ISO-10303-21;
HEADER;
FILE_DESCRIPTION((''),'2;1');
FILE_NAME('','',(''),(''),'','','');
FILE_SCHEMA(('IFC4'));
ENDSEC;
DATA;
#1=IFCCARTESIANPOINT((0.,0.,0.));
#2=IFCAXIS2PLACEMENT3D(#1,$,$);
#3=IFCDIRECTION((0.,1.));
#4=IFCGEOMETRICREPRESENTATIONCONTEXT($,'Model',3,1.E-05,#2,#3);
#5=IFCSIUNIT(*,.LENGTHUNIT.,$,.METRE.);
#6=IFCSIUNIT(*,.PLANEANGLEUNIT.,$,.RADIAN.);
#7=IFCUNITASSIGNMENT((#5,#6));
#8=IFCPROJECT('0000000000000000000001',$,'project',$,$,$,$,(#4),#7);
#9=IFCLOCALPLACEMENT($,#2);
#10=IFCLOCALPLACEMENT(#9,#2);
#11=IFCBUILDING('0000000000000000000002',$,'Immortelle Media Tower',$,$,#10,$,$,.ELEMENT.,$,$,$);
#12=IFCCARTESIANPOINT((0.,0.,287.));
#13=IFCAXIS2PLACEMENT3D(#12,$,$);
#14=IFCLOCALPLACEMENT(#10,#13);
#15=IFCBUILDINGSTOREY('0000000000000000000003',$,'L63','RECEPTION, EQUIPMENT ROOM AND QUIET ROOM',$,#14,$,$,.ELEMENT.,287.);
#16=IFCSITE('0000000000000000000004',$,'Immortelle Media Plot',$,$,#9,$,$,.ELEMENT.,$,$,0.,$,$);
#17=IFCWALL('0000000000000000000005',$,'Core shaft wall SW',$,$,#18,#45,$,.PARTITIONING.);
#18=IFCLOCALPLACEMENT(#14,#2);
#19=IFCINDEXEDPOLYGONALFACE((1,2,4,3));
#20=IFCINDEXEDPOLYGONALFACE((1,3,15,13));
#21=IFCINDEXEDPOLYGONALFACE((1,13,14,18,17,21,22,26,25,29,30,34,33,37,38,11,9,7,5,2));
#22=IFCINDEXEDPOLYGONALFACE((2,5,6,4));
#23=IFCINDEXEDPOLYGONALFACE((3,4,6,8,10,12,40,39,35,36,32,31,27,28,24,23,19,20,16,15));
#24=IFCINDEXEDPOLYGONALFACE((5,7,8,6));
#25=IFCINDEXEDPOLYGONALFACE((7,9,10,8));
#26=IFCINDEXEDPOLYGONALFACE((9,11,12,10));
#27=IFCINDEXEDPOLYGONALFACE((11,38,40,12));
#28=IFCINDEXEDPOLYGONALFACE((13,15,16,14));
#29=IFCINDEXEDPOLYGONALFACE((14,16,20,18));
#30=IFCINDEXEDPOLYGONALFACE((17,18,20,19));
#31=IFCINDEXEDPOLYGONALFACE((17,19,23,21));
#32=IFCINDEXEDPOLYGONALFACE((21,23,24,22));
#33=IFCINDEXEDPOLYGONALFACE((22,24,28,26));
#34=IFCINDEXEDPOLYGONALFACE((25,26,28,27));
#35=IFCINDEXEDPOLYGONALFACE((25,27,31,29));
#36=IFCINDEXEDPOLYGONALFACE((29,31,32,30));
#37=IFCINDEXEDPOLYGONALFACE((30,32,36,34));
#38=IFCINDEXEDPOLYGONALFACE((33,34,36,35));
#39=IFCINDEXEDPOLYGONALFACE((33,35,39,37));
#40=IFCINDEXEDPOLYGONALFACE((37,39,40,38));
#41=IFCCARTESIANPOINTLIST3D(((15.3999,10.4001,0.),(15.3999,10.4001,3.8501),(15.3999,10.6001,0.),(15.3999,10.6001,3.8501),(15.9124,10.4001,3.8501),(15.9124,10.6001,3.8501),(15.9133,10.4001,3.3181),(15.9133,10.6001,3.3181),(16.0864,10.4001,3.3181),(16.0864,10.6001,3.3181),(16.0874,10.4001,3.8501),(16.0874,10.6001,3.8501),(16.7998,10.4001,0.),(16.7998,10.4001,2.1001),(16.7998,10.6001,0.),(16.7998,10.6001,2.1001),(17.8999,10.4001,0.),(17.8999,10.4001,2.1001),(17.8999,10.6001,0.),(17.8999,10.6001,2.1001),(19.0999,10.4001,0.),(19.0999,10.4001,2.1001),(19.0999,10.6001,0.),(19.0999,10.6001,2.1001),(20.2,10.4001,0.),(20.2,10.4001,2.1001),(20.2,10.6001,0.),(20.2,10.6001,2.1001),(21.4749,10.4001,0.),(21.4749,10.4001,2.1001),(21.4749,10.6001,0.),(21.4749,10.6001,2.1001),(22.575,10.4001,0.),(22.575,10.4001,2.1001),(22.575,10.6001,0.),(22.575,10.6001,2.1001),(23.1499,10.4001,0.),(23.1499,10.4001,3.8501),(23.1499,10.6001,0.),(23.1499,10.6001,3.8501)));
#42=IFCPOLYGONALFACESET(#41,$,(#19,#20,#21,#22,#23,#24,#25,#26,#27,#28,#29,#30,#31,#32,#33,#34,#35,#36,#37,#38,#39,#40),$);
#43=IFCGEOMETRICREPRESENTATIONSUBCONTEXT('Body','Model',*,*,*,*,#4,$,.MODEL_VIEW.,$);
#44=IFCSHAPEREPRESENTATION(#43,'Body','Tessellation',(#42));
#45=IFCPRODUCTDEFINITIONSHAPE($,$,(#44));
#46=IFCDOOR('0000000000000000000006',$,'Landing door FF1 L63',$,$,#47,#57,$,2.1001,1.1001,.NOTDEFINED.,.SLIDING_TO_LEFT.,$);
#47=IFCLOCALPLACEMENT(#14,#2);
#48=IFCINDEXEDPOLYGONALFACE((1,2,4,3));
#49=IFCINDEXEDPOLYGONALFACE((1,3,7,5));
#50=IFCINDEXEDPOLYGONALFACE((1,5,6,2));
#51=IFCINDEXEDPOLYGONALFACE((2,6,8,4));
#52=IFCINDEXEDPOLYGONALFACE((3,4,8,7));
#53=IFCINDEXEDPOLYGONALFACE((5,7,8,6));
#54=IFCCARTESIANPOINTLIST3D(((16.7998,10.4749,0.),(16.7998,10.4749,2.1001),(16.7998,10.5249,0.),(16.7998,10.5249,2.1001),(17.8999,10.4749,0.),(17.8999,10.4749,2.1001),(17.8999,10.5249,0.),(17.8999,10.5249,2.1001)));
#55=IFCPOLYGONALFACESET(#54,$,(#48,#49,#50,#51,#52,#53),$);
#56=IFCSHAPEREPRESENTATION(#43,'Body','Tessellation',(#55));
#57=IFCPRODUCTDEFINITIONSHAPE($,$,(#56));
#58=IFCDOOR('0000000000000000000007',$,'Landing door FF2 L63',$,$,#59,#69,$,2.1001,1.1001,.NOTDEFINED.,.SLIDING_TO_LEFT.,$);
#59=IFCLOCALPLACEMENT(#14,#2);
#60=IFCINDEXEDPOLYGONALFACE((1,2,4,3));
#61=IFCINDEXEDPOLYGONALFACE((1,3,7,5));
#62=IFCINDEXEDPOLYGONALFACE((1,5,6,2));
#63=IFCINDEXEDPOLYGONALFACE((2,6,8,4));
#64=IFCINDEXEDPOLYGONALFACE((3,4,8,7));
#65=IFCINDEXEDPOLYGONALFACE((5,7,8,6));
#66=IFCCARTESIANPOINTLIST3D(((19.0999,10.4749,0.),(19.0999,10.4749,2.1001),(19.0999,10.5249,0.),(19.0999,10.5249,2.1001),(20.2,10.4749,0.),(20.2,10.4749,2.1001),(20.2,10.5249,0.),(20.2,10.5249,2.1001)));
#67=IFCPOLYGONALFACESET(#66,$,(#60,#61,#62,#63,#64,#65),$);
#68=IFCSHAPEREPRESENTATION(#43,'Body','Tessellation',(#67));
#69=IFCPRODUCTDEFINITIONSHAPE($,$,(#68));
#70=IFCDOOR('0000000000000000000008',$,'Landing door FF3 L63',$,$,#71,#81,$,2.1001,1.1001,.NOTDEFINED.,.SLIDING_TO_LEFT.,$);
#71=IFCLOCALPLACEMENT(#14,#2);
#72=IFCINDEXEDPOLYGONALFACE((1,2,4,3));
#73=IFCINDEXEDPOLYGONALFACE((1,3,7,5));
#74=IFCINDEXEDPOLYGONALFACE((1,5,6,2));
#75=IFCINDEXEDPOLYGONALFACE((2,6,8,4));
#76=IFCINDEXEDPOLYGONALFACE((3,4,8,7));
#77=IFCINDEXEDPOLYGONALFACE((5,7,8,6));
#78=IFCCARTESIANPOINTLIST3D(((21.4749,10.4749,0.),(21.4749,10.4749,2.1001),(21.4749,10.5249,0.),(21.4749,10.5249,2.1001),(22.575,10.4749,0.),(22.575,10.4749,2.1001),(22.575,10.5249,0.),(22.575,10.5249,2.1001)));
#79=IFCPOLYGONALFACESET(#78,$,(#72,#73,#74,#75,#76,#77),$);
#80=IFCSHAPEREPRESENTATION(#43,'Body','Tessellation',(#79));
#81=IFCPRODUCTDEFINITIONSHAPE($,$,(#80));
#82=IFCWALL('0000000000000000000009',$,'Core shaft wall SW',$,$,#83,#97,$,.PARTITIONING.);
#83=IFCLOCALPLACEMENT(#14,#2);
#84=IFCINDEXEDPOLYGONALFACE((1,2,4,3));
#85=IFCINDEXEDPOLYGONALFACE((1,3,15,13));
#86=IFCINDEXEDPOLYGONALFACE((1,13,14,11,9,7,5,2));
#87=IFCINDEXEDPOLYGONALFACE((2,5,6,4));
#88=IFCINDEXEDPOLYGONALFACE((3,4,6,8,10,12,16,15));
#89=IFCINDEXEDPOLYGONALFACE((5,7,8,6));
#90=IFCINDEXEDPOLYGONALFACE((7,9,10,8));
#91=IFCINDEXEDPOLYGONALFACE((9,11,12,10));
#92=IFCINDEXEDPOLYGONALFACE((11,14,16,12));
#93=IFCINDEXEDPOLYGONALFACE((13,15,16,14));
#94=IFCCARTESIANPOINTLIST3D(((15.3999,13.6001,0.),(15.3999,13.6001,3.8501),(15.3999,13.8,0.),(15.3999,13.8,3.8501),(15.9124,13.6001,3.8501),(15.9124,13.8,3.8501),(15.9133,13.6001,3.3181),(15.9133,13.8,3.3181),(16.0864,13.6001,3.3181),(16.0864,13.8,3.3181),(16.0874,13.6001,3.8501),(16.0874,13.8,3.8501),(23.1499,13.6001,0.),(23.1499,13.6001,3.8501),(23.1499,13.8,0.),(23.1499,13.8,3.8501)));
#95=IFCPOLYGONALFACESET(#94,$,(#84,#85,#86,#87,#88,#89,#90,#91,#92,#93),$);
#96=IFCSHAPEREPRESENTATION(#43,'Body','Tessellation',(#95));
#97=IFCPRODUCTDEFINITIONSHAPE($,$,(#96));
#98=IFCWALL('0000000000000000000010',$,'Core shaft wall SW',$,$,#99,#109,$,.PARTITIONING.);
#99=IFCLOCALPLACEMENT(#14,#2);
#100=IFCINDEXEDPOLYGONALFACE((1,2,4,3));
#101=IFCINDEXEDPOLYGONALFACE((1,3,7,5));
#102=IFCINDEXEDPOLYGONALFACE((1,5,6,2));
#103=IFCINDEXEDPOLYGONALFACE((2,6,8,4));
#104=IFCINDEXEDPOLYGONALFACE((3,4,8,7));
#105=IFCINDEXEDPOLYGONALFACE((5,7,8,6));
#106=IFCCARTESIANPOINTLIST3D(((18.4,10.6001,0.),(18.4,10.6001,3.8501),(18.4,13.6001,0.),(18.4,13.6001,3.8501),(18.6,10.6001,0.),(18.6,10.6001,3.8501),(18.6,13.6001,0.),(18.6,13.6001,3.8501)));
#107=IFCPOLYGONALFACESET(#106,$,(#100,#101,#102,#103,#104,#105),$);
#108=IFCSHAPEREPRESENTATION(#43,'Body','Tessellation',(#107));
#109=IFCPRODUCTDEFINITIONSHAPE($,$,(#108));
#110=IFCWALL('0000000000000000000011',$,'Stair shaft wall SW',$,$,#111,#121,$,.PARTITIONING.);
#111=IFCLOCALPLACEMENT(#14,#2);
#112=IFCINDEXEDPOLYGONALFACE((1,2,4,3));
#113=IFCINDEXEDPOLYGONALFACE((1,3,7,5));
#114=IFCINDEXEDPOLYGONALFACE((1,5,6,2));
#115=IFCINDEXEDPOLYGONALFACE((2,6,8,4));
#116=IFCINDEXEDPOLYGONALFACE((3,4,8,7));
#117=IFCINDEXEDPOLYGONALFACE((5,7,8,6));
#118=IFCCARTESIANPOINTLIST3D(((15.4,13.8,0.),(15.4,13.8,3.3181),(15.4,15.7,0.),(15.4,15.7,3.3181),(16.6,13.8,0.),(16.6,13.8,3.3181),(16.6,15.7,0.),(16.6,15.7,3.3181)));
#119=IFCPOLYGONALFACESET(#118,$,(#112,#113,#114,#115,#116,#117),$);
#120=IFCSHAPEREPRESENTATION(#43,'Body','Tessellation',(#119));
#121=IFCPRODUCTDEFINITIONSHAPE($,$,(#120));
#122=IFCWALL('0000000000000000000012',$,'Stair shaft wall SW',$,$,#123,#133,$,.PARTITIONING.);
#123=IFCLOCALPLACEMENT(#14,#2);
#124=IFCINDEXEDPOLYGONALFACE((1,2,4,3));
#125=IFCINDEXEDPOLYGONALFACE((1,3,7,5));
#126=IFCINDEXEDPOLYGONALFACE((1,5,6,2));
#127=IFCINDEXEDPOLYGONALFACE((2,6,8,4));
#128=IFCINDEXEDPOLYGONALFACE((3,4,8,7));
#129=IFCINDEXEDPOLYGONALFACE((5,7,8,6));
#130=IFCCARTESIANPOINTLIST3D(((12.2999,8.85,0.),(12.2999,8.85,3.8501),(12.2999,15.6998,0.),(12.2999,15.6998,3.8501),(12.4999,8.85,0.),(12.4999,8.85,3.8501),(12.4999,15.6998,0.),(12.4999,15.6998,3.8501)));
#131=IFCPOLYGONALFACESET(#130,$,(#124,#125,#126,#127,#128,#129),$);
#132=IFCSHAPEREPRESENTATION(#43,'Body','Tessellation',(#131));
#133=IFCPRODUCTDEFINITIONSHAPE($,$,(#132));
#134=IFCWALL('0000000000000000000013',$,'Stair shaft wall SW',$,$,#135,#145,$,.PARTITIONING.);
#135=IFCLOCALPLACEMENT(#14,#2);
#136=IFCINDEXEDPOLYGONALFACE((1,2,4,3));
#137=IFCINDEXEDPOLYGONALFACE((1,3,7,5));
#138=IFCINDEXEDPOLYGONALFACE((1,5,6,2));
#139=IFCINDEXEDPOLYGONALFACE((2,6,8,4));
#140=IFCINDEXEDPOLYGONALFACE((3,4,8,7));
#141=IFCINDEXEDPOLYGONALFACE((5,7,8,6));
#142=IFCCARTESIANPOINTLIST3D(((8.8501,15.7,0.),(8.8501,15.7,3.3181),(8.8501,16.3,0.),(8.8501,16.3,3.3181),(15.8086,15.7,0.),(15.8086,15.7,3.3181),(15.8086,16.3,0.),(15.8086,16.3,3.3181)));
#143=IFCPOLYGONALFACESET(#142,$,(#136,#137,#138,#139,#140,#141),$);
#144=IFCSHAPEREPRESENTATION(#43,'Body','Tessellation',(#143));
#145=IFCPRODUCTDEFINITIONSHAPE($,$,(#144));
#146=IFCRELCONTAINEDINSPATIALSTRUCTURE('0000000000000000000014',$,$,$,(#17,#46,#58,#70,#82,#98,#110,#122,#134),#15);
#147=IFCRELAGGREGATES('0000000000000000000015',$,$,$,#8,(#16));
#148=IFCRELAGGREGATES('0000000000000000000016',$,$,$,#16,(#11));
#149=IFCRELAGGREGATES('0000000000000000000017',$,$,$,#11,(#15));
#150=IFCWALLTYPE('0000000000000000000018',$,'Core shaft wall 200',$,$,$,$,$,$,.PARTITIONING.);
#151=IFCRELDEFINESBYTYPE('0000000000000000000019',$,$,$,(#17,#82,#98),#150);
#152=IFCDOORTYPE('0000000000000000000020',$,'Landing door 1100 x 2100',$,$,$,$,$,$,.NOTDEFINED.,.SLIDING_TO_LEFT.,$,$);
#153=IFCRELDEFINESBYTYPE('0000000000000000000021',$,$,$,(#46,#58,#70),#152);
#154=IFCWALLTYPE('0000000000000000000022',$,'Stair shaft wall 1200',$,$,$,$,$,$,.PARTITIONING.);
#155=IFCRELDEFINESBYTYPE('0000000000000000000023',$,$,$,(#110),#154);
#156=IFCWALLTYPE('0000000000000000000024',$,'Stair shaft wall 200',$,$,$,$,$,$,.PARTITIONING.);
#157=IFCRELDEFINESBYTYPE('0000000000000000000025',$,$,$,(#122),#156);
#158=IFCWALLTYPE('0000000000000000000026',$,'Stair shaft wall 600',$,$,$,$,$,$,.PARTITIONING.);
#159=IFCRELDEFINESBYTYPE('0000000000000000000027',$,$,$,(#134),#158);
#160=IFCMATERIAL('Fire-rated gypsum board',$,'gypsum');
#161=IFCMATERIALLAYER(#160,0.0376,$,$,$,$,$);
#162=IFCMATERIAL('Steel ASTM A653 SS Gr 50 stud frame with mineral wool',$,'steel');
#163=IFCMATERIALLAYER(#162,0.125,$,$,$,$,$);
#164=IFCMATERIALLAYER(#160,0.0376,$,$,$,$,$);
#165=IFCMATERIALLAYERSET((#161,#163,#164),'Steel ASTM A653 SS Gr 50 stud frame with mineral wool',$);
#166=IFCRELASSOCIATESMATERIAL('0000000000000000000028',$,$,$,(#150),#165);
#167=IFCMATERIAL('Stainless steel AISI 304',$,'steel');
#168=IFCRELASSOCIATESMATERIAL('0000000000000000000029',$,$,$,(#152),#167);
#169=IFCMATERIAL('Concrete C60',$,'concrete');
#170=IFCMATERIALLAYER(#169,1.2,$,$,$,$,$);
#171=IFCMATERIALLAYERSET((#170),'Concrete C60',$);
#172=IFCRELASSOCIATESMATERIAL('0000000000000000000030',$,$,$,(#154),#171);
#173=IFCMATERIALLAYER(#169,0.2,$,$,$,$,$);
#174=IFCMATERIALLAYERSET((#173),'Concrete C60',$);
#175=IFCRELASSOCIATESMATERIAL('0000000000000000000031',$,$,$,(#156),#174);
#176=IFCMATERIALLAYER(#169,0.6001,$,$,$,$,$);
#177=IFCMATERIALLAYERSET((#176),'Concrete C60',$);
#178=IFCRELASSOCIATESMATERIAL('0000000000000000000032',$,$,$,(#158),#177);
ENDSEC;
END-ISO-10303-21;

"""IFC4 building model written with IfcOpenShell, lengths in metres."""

from ifc_helpers import new_model, si_unit, direction, frame, frame_2d, origin, place, context, subcontext, project, spatial, polyline, rectangle, outline, extrude, material, layer, layer_set, type_object, element, fill, save


model = new_model("IFC4")

# Units and contexts
model_context = context("Model", 3, precision=1e-05, world=origin(), true_north=direction((0.0, 1.0)))
body_context = subcontext(model_context, "Body", "Model", "MODEL_VIEW")
ifc_project = project(units=[si_unit("LENGTHUNIT", "METRE"), si_unit("PLANEANGLEUNIT", "RADIAN")], contexts=[model_context])

# Site, building, storey
site_placement = place(None, origin())
site = spatial("IfcSite", under=ifc_project, at=site_placement, Name="Immortelle Media Plot", CompositionType="ELEMENT", RefElevation=0.0)
building_placement = place(site_placement, origin())
building = spatial("IfcBuilding", under=site, at=building_placement, Name="Immortelle Media Tower", CompositionType="ELEMENT")
storey_placement = place(building_placement, frame((0.0, 0.0, 287.0)))
storey = spatial("IfcBuildingStorey", under=building, at=storey_placement, Name="L63", Description="RECEPTION, EQUIPMENT ROOM AND QUIET ROOM", CompositionType="ELEMENT", Elevation=287.0)

# Wall, openings, doors
ifc_material_1 = material(Name="Fire-rated gypsum board", Category="gypsum")
ifc_layer_1 = layer(ifc_material_1, 0.0376)
ifc_material_2 = material(Name="Steel ASTM A653 SS Gr 50 stud frame with mineral wool", Category="steel")
ifc_layer_2 = layer(ifc_material_2, 0.125)
ifc_layer_3 = layer(ifc_material_1, 0.0376)
ifc_layer_set_1 = layer_set([ifc_layer_1, ifc_layer_2, ifc_layer_3], Name="Steel ASTM A653 SS Gr 50 stud frame with mineral wool")
wall_type_1 = type_object("IfcWallType", Name="Core shaft wall 200", PredefinedType="PARTITIONING", material=ifc_layer_set_1)
wall_1_placement = place(storey_placement, frame((15.3999, 10.5, 0.0), z_axis=(0.0, 0.0, 1.0), x_axis=(1.0, 0.0, 0.0)))
wall_1 = element("IfcWall", 1, at=wall_1_placement, inside=storey, type_object=wall_type_1, Name="Core shaft wall SW", PredefinedType="PARTITIONING", context=body_context, shape_type="SweptSolid", body=[
    extrude(outline(polyline([(0.0, 0.0), (7.75, 0.0), (7.75, 3.8501), (0.6875, 3.8501), (0.6865, 3.3181), (0.5134, 3.3181), (0.5125, 3.8501), (0.0, 3.8501), (0.0, 0.0)])), frame((0.0, 0.1001, 0.0), z_axis=(0.0, -1.0, 0.0), x_axis=(1.0, 0.0, 0.0)), (0.0, 0.0, 1.0), 0.2),
])
opening_1_placement = place(wall_1_placement, frame((1.3999, 0.0, 0.0)))
opening_1 = element("IfcOpeningElement", 2, at=opening_1_placement, cuts=wall_1, PredefinedType="OPENING", context=body_context, shape_type="SweptSolid", body=[
    extrude(rectangle(XDim=1.1001, YDim=2.1001, at=frame_2d((0.55, 1.05))), frame((0.0, 0.1099, 0.0), z_axis=(0.0, -1.0, 0.0), x_axis=(1.0, 0.0, 0.0)), (0.0, 0.0, 1.0), 0.22),
])
opening_2_placement = place(wall_1_placement, frame((3.7, 0.0, 0.0)))
opening_2 = element("IfcOpeningElement", 3, at=opening_2_placement, cuts=wall_1, PredefinedType="OPENING", context=body_context, shape_type="SweptSolid", body=[
    extrude(rectangle(XDim=1.1001, YDim=2.1001, at=frame_2d((0.55, 1.05))), frame((0.0, 0.1099, 0.0), z_axis=(0.0, -1.0, 0.0), x_axis=(1.0, 0.0, 0.0)), (0.0, 0.0, 1.0), 0.22),
])
opening_3_placement = place(wall_1_placement, frame((6.075, 0.0, 0.0)))
opening_3 = element("IfcOpeningElement", 4, at=opening_3_placement, cuts=wall_1, PredefinedType="OPENING", context=body_context, shape_type="SweptSolid", body=[
    extrude(rectangle(XDim=1.1001, YDim=2.1001, at=frame_2d((0.55, 1.05))), frame((0.0, 0.1099, 0.0), z_axis=(0.0, -1.0, 0.0), x_axis=(1.0, 0.0, 0.0)), (0.0, 0.0, 1.0), 0.22),
])
ifc_material_3 = material(Name="Stainless steel AISI 304", Category="steel")
door_type_1 = type_object("IfcDoorType", Name="Landing door 1100 x 2100", OperationType="SLIDING_TO_LEFT", PredefinedType="NOTDEFINED", material=ifc_material_3)
door_1_placement = place(opening_1_placement, origin())
door_1 = element("IfcDoor", 5, at=door_1_placement, inside=storey, type_object=door_type_1, Name="Landing door FF1 L63", OperationType="SLIDING_TO_LEFT", OverallHeight=2.1001, OverallWidth=1.1001, PredefinedType="NOTDEFINED", context=body_context, shape_type="SweptSolid", body=[
    extrude(rectangle(XDim=1.1001, YDim=2.1001, at=frame_2d((0.55, 1.05))), frame((0.0, 0.0249, 0.0), z_axis=(0.0, -1.0, 0.0), x_axis=(1.0, 0.0, 0.0)), (0.0, 0.0, 1.0), 0.05),
])
fill(opening_1, door_1)
door_2_placement = place(opening_2_placement, origin())
door_2 = element("IfcDoor", 6, at=door_2_placement, inside=storey, type_object=door_type_1, Name="Landing door FF2 L63", OperationType="SLIDING_TO_LEFT", OverallHeight=2.1001, OverallWidth=1.1001, PredefinedType="NOTDEFINED", context=body_context, shape_type="SweptSolid", body=[
    extrude(rectangle(XDim=1.1001, YDim=2.1001, at=frame_2d((0.55, 1.05))), frame((0.0, 0.0249, 0.0), z_axis=(0.0, -1.0, 0.0), x_axis=(1.0, 0.0, 0.0)), (0.0, 0.0, 1.0), 0.05),
])
fill(opening_2, door_2)
door_3_placement = place(opening_3_placement, origin())
door_3 = element("IfcDoor", 7, at=door_3_placement, inside=storey, type_object=door_type_1, Name="Landing door FF3 L63", OperationType="SLIDING_TO_LEFT", OverallHeight=2.1001, OverallWidth=1.1001, PredefinedType="NOTDEFINED", context=body_context, shape_type="SweptSolid", body=[
    extrude(rectangle(XDim=1.1001, YDim=2.1001, at=frame_2d((0.55, 1.05))), frame((0.0, 0.0249, 0.0), z_axis=(0.0, -1.0, 0.0), x_axis=(1.0, 0.0, 0.0)), (0.0, 0.0, 1.0), 0.05),
])
fill(opening_3, door_3)

# Walls
wall_2_placement = place(storey_placement, frame((15.3999, 13.7, 0.0), z_axis=(0.0, 0.0, 1.0), x_axis=(1.0, 0.0, 0.0)))
element("IfcWall", 8, at=wall_2_placement, inside=storey, type_object=wall_type_1, Name="Core shaft wall SW", PredefinedType="PARTITIONING", context=body_context, shape_type="SweptSolid", body=[
    extrude(outline(polyline([(0.0, 0.0), (7.75, 0.0), (7.75, 3.8501), (0.6875, 3.8501), (0.6865, 3.3181), (0.5134, 3.3181), (0.5125, 3.8501), (0.0, 3.8501), (0.0, 0.0)])), frame((0.0, 0.1001, 0.0), z_axis=(0.0, -1.0, 0.0), x_axis=(1.0, 0.0, 0.0)), (0.0, 0.0, 1.0), 0.2),
])
wall_3_placement = place(storey_placement, frame((18.5, 10.6001, 0.0), z_axis=(0.0, 0.0, 1.0), x_axis=(0.0, 1.0, 0.0)))
element("IfcWall", 9, at=wall_3_placement, inside=storey, type_object=wall_type_1, Name="Core shaft wall SW", PredefinedType="PARTITIONING", context=body_context, shape_type="SweptSolid", body=[
    extrude(rectangle(XDim=3.0, YDim=0.2, at=frame_2d((1.5, 0.0))), origin(), (0.0, 0.0, 1.0), 3.8501),
])
ifc_material_4 = material(Name="Concrete C60", Category="concrete")
ifc_layer_4 = layer(ifc_material_4, 1.2)
ifc_layer_set_2 = layer_set([ifc_layer_4], Name="Concrete C60")
wall_type_2 = type_object("IfcWallType", Name="Stair shaft wall 1200", PredefinedType="PARTITIONING", material=ifc_layer_set_2)
wall_4_placement = place(storey_placement, frame((16.0, 13.8, 0.0), z_axis=(0.0, 0.0, 1.0), x_axis=(0.0, 1.0, 0.0)))
element("IfcWall", 10, at=wall_4_placement, inside=storey, type_object=wall_type_2, Name="Stair shaft wall SW", PredefinedType="PARTITIONING", context=body_context, shape_type="SweptSolid", body=[
    extrude(rectangle(XDim=1.8999, YDim=1.2, at=frame_2d((0.95, 0.0))), origin(), (0.0, 0.0, 1.0), 3.3181),
])
ifc_layer_5 = layer(ifc_material_4, 0.2)
ifc_layer_set_3 = layer_set([ifc_layer_5], Name="Concrete C60")
wall_type_3 = type_object("IfcWallType", Name="Stair shaft wall 200", PredefinedType="PARTITIONING", material=ifc_layer_set_3)
wall_5_placement = place(storey_placement, frame((12.3999, 8.8501, 0.0), z_axis=(0.0, 0.0, 1.0), x_axis=(0.0, 1.0, 0.0)))
element("IfcWall", 11, at=wall_5_placement, inside=storey, type_object=wall_type_3, Name="Stair shaft wall SW", PredefinedType="PARTITIONING", context=body_context, shape_type="SweptSolid", body=[
    extrude(rectangle(XDim=6.8499, YDim=0.2, at=frame_2d((3.4248, 0.0))), origin(), (0.0, 0.0, 1.0), 3.8501),
])
ifc_layer_6 = layer(ifc_material_4, 0.6001)
ifc_layer_set_4 = layer_set([ifc_layer_6], Name="Concrete C60")
wall_type_4 = type_object("IfcWallType", Name="Stair shaft wall 600", PredefinedType="PARTITIONING", material=ifc_layer_set_4)
wall_6_placement = place(storey_placement, frame((8.8501, 16.0, 0.0), z_axis=(0.0, 0.0, 1.0), x_axis=(1.0, 0.0, 0.0)))
element("IfcWall", 12, at=wall_6_placement, inside=storey, type_object=wall_type_4, Name="Stair shaft wall SW", PredefinedType="PARTITIONING", context=body_context, shape_type="SweptSolid", body=[
    extrude(rectangle(XDim=6.9585, YDim=0.6001, at=frame_2d((3.4792, 0.0))), origin(), (0.0, 0.0, 1.0), 3.3181),
])

save(model, "model.ifc")
